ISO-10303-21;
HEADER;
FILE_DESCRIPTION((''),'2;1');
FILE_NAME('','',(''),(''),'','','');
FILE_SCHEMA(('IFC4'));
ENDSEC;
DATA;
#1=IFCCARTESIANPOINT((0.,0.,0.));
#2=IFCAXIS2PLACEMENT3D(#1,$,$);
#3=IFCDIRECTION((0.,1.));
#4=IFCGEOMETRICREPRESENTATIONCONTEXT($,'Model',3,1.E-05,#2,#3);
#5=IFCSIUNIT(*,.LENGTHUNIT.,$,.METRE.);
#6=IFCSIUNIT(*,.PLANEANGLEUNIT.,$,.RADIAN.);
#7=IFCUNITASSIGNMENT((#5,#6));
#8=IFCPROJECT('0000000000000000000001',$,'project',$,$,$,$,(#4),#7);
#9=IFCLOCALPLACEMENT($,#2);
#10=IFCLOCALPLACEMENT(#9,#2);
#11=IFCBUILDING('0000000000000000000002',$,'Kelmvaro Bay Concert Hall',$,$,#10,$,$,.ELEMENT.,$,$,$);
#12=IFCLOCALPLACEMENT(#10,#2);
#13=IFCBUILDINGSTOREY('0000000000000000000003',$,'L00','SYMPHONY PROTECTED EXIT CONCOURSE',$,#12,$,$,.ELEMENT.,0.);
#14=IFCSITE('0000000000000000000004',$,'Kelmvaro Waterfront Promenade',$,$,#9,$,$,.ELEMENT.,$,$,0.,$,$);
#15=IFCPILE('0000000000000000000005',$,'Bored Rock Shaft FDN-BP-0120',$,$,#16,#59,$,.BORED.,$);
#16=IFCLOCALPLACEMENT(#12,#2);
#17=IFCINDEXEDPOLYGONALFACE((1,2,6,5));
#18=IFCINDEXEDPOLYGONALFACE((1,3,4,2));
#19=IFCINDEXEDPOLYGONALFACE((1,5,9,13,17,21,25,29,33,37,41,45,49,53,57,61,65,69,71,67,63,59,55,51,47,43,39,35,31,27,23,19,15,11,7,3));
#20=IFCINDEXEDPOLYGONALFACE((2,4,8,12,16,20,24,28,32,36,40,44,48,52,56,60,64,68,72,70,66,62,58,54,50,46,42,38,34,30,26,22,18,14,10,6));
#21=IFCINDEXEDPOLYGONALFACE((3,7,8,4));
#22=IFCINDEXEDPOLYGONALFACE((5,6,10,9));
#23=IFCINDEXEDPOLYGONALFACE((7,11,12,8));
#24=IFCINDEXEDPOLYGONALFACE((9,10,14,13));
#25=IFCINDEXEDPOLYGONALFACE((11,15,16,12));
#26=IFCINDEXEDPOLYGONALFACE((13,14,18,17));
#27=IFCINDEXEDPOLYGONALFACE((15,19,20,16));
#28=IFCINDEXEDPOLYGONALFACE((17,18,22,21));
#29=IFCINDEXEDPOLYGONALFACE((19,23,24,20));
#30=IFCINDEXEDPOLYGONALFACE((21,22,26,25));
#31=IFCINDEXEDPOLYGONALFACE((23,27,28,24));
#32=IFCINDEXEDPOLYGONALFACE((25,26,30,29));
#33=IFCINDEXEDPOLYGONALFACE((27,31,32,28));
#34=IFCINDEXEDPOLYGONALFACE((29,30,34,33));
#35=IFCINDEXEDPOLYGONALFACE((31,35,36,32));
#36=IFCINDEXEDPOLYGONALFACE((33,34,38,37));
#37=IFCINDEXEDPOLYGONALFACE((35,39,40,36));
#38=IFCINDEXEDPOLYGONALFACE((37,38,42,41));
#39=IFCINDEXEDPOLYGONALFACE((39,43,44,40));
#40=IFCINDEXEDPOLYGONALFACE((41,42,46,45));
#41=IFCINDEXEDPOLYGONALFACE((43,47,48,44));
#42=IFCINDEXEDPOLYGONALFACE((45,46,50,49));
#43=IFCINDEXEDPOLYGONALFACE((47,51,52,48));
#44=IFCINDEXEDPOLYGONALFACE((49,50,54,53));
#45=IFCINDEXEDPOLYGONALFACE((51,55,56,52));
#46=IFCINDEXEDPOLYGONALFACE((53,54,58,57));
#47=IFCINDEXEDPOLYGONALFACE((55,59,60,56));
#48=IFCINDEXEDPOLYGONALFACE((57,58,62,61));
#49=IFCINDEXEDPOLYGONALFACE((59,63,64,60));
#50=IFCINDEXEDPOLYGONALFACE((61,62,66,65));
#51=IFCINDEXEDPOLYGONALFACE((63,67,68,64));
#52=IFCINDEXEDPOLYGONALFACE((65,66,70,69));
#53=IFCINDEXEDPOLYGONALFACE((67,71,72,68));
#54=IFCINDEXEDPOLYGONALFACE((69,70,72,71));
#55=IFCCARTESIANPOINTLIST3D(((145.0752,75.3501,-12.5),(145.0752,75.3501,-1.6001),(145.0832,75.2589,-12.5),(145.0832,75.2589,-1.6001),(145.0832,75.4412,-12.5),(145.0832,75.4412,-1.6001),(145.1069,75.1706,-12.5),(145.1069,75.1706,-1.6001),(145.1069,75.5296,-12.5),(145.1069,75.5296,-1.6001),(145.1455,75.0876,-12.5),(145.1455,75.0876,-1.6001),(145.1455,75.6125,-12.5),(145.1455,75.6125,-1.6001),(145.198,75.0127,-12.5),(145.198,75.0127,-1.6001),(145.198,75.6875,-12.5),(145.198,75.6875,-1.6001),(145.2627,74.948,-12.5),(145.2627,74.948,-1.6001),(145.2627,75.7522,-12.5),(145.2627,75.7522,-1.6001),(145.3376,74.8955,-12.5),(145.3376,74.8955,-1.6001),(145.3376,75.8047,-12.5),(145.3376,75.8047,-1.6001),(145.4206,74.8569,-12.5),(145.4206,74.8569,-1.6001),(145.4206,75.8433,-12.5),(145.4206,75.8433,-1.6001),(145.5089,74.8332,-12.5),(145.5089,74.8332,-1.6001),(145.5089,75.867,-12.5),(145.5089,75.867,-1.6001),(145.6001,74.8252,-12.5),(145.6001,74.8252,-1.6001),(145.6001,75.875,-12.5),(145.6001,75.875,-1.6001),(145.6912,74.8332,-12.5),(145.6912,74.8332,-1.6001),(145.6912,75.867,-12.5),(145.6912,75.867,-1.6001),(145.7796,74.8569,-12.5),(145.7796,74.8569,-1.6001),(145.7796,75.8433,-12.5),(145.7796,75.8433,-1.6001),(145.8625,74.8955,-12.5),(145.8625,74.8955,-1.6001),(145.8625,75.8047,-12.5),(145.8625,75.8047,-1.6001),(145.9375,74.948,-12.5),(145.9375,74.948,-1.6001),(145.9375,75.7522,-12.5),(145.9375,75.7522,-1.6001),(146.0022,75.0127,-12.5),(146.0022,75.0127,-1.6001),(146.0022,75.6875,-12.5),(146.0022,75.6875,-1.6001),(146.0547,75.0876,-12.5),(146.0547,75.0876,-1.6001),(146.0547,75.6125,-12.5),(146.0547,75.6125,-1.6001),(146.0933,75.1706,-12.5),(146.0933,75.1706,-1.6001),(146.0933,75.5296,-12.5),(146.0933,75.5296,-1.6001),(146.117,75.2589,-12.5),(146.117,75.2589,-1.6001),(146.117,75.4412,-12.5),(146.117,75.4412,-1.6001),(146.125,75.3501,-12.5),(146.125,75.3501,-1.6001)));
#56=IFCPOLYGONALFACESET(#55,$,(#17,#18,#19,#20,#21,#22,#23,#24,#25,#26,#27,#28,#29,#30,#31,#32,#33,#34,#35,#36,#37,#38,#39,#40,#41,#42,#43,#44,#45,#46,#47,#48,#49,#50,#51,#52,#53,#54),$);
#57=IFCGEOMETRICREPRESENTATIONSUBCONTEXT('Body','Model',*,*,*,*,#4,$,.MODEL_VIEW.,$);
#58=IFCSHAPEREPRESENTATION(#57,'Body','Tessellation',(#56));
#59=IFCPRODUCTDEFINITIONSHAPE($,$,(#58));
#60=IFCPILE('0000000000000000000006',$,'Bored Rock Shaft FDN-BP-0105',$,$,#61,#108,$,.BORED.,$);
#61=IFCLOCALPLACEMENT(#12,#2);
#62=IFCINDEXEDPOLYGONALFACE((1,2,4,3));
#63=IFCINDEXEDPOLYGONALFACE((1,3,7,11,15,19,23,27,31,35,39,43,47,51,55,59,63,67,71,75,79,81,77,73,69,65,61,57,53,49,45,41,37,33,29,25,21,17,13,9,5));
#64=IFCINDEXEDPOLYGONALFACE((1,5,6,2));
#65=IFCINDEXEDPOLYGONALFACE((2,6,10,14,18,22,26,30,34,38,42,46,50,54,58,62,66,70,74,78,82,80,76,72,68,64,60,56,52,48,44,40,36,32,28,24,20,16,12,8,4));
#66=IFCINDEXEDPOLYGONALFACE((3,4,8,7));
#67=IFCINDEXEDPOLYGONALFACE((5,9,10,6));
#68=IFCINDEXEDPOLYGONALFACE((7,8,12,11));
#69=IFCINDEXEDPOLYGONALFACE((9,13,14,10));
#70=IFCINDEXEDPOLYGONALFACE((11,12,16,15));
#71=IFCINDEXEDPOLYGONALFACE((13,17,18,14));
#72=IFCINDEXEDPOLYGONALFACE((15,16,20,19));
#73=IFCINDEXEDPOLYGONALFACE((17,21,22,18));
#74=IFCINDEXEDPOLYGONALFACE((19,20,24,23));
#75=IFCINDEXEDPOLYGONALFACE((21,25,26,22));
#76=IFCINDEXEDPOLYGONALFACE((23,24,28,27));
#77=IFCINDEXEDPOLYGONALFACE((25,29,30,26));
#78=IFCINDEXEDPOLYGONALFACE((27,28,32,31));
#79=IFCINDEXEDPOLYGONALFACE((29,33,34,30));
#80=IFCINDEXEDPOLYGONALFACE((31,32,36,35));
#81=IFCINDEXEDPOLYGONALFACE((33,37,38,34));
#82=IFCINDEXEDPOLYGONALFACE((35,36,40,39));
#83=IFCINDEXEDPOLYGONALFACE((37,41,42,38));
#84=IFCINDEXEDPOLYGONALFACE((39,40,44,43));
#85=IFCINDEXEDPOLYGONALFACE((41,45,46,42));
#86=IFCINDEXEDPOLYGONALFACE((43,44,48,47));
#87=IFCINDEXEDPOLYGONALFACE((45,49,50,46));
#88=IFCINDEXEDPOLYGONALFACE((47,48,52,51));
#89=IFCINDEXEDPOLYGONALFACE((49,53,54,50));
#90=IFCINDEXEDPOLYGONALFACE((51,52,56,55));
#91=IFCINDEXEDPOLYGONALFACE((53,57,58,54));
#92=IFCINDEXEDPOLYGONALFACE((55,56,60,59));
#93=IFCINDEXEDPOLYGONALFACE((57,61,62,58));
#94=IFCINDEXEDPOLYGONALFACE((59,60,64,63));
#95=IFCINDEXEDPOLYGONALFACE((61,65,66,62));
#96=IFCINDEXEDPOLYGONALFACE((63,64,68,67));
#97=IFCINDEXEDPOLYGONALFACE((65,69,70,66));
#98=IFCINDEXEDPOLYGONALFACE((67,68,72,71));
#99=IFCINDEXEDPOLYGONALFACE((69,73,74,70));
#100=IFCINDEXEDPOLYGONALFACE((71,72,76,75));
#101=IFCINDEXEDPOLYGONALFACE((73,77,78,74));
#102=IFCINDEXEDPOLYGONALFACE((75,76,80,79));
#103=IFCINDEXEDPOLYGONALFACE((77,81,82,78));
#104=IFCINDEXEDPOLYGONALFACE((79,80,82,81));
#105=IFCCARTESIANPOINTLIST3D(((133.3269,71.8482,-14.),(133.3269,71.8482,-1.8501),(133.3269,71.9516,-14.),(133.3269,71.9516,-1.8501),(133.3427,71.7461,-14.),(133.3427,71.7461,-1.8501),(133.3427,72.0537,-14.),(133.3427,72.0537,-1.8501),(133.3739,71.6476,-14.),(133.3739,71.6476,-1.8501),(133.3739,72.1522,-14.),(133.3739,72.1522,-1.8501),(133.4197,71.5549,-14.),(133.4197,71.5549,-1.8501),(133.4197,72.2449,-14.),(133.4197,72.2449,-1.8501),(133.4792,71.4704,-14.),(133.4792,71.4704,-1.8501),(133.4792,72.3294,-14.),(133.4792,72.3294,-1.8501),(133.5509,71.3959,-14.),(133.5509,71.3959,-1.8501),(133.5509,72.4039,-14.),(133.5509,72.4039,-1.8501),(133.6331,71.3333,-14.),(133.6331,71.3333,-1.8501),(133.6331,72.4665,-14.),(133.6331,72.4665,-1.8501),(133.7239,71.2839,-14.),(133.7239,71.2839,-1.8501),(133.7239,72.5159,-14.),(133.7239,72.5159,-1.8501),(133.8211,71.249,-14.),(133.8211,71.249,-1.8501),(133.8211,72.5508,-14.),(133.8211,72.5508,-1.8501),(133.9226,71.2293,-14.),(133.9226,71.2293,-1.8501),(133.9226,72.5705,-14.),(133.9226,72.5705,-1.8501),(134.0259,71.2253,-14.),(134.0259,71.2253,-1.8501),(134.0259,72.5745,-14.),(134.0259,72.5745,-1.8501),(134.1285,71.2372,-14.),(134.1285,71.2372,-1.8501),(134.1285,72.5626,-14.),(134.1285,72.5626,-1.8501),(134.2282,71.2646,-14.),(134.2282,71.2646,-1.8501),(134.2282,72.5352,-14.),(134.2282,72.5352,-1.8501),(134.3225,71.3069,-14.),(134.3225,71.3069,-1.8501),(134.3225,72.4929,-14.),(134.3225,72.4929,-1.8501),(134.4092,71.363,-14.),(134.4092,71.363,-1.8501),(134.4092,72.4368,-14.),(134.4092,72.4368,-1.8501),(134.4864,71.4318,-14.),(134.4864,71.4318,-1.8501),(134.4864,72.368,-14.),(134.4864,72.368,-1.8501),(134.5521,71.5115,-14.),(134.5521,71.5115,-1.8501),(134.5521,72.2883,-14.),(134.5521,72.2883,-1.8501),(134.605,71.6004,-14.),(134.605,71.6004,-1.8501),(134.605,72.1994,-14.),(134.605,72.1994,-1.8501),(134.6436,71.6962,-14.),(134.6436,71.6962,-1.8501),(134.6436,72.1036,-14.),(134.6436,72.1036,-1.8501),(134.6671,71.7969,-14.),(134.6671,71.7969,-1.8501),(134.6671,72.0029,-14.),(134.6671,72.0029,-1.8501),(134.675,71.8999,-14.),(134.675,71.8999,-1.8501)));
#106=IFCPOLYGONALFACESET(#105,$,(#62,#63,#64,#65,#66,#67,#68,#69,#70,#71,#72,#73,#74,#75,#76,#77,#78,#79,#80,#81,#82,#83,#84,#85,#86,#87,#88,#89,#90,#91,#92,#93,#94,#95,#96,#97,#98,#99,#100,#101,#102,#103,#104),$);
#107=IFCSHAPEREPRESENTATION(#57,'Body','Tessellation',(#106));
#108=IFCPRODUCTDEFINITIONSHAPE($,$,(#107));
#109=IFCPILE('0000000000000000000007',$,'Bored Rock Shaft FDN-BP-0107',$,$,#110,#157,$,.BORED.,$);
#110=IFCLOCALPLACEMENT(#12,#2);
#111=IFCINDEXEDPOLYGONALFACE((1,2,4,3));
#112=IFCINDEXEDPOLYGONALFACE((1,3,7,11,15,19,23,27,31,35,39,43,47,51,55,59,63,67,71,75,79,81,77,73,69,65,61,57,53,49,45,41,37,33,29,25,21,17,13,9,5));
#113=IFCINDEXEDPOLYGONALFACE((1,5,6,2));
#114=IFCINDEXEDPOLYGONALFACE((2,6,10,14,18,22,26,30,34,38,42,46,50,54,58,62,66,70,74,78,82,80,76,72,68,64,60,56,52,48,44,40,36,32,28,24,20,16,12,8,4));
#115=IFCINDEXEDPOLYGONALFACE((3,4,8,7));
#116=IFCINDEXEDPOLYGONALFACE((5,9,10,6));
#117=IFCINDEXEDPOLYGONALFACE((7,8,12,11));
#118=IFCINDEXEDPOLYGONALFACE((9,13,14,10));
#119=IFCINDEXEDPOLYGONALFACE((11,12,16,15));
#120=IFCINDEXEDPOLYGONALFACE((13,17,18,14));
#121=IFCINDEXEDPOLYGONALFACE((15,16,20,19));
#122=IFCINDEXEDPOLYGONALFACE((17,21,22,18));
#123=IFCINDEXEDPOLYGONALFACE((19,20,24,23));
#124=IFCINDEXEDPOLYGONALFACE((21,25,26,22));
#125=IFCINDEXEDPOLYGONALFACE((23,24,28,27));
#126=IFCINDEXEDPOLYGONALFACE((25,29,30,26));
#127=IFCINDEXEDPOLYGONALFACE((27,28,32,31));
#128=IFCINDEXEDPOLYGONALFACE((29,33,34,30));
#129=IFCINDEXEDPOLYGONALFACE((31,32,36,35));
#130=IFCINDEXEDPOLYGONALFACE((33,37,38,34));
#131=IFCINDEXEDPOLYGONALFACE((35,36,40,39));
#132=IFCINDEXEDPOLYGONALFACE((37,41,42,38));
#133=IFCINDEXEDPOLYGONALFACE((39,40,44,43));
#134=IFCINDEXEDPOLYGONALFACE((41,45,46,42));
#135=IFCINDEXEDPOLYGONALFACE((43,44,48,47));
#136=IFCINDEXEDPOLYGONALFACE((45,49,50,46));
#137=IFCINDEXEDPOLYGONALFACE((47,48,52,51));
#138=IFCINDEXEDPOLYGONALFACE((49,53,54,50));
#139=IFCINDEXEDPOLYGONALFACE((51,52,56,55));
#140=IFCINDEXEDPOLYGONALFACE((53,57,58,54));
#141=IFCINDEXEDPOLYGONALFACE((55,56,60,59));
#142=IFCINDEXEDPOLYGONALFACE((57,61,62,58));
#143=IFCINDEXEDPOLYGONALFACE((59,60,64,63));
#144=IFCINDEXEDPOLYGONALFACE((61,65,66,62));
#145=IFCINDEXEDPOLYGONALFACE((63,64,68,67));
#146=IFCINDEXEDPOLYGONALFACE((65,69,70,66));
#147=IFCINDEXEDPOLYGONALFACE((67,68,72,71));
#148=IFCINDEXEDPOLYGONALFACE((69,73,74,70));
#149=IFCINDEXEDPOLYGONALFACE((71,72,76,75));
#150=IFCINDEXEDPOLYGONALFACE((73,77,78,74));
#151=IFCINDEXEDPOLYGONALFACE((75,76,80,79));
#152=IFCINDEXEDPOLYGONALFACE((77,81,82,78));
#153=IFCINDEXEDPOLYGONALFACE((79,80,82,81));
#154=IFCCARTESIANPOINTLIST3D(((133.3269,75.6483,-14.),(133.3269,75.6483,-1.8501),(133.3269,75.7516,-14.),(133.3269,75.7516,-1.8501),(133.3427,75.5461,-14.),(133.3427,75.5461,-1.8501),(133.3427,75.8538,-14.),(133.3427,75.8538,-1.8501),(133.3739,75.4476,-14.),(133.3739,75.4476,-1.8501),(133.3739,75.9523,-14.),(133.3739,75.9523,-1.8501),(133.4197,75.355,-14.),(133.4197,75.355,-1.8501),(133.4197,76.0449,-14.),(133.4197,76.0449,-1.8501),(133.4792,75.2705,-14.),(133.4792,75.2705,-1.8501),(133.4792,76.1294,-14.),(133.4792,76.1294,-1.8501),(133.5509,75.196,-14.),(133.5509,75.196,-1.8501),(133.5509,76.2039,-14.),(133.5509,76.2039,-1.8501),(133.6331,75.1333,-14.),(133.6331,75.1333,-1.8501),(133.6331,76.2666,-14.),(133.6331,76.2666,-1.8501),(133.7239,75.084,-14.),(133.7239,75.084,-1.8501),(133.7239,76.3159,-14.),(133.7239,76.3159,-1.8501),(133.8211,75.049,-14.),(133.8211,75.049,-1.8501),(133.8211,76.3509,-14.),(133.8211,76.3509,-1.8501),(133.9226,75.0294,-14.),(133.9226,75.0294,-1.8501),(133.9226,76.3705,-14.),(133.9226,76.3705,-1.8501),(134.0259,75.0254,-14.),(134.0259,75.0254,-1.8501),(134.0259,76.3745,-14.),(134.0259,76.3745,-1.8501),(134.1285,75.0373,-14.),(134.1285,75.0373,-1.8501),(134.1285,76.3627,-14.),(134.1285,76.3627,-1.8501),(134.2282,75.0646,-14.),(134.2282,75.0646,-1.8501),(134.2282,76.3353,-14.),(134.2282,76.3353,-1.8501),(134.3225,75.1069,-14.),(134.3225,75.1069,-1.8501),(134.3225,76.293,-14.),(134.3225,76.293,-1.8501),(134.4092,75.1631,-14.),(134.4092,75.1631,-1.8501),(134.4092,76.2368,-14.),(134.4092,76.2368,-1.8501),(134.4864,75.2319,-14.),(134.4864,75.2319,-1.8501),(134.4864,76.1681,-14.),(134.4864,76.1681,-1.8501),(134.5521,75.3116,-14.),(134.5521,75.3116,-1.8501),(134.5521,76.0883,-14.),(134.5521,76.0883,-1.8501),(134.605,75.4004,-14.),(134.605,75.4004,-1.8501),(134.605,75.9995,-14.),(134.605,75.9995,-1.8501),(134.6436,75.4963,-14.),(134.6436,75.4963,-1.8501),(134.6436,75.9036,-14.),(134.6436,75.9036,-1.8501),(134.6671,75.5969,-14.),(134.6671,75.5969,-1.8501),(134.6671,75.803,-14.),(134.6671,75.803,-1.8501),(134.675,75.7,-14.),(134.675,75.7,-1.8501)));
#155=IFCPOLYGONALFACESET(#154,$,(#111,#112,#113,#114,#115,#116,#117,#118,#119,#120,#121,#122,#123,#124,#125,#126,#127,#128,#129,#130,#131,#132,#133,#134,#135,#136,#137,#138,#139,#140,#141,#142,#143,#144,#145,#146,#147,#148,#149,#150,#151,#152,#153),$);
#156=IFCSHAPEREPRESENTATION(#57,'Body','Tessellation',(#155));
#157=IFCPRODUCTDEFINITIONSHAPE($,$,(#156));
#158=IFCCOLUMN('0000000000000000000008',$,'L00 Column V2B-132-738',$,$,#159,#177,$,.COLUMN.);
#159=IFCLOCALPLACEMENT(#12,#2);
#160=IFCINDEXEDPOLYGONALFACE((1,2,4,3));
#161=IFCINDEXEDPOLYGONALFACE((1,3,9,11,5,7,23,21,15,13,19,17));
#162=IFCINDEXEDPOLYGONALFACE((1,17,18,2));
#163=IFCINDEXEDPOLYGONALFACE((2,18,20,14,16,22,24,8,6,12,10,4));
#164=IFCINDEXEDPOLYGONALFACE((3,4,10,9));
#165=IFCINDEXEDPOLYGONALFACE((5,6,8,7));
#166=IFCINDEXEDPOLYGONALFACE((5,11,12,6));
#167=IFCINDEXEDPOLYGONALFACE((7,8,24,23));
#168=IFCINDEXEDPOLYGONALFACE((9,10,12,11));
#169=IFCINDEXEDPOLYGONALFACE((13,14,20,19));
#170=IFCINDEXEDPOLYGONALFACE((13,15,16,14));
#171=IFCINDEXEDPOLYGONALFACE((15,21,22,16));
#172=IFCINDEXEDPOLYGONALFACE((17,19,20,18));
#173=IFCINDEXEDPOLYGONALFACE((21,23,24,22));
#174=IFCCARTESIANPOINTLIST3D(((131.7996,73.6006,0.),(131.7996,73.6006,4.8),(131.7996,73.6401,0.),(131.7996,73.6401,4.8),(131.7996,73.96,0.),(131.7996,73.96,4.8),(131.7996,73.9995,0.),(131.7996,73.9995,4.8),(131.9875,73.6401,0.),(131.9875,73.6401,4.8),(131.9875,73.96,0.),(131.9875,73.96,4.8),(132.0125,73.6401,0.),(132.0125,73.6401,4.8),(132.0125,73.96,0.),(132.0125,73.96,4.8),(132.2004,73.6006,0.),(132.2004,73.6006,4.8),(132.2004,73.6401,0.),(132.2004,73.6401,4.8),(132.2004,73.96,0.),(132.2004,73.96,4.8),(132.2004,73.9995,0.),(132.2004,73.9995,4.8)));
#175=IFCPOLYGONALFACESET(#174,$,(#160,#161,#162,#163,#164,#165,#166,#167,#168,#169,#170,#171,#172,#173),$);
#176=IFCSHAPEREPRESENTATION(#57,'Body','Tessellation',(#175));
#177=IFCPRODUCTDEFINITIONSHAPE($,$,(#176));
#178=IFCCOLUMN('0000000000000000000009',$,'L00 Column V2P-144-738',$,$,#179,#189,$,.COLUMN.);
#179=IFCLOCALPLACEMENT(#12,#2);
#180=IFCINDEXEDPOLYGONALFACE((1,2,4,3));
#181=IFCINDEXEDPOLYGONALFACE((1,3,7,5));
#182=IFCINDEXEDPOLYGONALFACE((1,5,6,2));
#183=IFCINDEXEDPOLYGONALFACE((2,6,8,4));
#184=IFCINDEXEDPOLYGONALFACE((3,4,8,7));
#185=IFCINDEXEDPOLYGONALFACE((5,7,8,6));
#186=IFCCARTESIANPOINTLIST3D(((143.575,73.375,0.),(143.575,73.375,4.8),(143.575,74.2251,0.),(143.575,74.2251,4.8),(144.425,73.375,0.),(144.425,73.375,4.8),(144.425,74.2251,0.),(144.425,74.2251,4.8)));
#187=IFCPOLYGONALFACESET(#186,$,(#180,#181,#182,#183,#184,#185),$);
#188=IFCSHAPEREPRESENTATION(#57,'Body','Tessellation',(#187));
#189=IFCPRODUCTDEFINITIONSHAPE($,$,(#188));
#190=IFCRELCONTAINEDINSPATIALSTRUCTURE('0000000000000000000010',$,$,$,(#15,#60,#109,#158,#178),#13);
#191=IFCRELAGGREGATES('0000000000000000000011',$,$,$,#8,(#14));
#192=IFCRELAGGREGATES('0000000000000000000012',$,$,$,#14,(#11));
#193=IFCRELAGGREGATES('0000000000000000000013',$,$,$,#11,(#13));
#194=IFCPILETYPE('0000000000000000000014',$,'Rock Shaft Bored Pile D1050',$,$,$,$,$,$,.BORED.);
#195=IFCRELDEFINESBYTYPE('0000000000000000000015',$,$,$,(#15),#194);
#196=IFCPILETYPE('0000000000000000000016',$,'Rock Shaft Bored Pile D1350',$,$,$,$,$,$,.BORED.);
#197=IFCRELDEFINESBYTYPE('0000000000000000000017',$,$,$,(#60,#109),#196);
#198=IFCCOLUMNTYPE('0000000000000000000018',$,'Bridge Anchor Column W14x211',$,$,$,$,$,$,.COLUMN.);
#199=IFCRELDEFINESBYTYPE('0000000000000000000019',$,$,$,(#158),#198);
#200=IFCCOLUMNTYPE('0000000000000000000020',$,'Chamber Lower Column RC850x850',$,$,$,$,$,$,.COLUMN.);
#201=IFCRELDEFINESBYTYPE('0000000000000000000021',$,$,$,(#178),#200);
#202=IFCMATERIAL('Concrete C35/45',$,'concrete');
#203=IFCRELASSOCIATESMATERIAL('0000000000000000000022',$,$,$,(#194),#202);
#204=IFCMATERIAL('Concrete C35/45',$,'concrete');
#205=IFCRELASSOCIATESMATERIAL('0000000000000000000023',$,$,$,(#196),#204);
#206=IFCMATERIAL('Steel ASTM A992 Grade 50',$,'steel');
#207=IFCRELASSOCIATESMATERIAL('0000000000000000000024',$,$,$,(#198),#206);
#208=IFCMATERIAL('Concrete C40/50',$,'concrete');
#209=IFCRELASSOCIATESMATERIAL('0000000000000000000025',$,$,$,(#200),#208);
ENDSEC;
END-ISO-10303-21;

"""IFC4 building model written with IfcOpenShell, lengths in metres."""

from ifc_helpers import new_model, si_unit, direction, frame, origin, origin_2d, place, context, subcontext, project, spatial, rectangle, circle, i_section, extrude, material, material_profile, profile_set, type_object, element, save


model = new_model("IFC4")

# Units and contexts
model_context = context("Model", 3, precision=1e-05, world=origin(), true_north=direction((0.0, 1.0)))
body_context = subcontext(model_context, "Body", "Model", "MODEL_VIEW")
ifc_project = project(units=[si_unit("LENGTHUNIT", "METRE"), si_unit("PLANEANGLEUNIT", "RADIAN")], contexts=[model_context])

# Site, building, storey
site_placement = place(None, origin())
site = spatial("IfcSite", under=ifc_project, at=site_placement, Name="Kelmvaro Waterfront Promenade", CompositionType="ELEMENT", RefElevation=0.0)
building_placement = place(site_placement, origin())
building = spatial("IfcBuilding", under=site, at=building_placement, Name="Kelmvaro Bay Concert Hall", CompositionType="ELEMENT")
storey_placement = place(building_placement, origin())
storey = spatial("IfcBuildingStorey", under=building, at=storey_placement, Name="L00", Description="SYMPHONY PROTECTED EXIT CONCOURSE", CompositionType="ELEMENT", Elevation=0.0)

# Piles
ifc_material_1 = material(Name="Concrete C35/45", Category="concrete")
ifc_material_profile_1 = material_profile(ifc_material_1, circle(Radius=0.5249, at=origin_2d()), Name="PILE-BORED-1050")
ifc_profile_set_1 = profile_set([ifc_material_profile_1], Name="Concrete C35/45")
pile_type_1 = type_object("IfcPileType", Name="Rock Shaft Bored Pile D1050", PredefinedType="BORED", material=ifc_profile_set_1)
for number, where, z_axis, x_axis, name in (
    (1, (145.6001, 75.3501, -1.6001), (0.0, 0.0, -1.0), (1.0, 0.0, 0.0), "Bored Rock Shaft FDN-BP-0120"),
):
    element("IfcPile", number, at=place(storey_placement, frame(where, z_axis=z_axis, x_axis=x_axis)), inside=storey, type_object=pile_type_1, Name=name, PredefinedType="BORED", context=body_context, shape_type="SweptSolid", body=[
        extrude(circle(Radius=0.5249, at=origin_2d()), origin(), (0.0, 0.0, 1.0), 10.8999),
    ])
ifc_material_2 = material(Name="Concrete C35/45", Category="concrete")
ifc_material_profile_2 = material_profile(ifc_material_2, circle(Radius=0.675, at=origin_2d()), Name="PILE-BORED-1350")
ifc_profile_set_2 = profile_set([ifc_material_profile_2], Name="Concrete C35/45")
pile_type_2 = type_object("IfcPileType", Name="Rock Shaft Bored Pile D1350", PredefinedType="BORED", material=ifc_profile_set_2)
for number, where, z_axis, x_axis, name in (
    (2, (134.0, 71.8999, -1.8501), (0.0, 0.0, -1.0), (1.0, 0.0, 0.0), "Bored Rock Shaft FDN-BP-0105"),
    (3, (134.0, 75.7, -1.8501), (0.0, 0.0, -1.0), (1.0, 0.0, 0.0), "Bored Rock Shaft FDN-BP-0107"),
):
    element("IfcPile", number, at=place(storey_placement, frame(where, z_axis=z_axis, x_axis=x_axis)), inside=storey, type_object=pile_type_2, Name=name, PredefinedType="BORED", context=body_context, shape_type="SweptSolid", body=[
        extrude(circle(Radius=0.675, at=origin_2d()), origin(), (0.0, 0.0, 1.0), 12.1499),
    ])

# Columns
ifc_material_3 = material(Name="Steel ASTM A992 Grade 50", Category="steel")
ifc_material_profile_3 = material_profile(ifc_material_3, i_section(OverallWidth=0.4009, OverallDepth=0.3989, WebThickness=0.0249, FlangeThickness=0.0396, at=origin_2d()), Name="W14X211")
ifc_profile_set_3 = profile_set([ifc_material_profile_3], Name="Steel ASTM A992 Grade 50")
column_type_1 = type_object("IfcColumnType", Name="Bridge Anchor Column W14x211", PredefinedType="COLUMN", material=ifc_profile_set_3)
column_1_placement = place(storey_placement, frame((132.0, 73.8, 0.0), z_axis=(0.0, 0.0, 1.0), x_axis=(1.0, 0.0, 0.0)))
element("IfcColumn", 4, at=column_1_placement, inside=storey, type_object=column_type_1, Name="L00 Column V2B-132-738", PredefinedType="COLUMN", context=body_context, shape_type="SweptSolid", body=[
    extrude(i_section(OverallWidth=0.4009, OverallDepth=0.3989, WebThickness=0.0249, FlangeThickness=0.0396, at=origin_2d()), origin(), (0.0, 0.0, 1.0), 4.8),
])
ifc_material_4 = material(Name="Concrete C40/50", Category="concrete")
ifc_material_profile_4 = material_profile(ifc_material_4, rectangle(XDim=0.8501, YDim=0.8501, at=origin_2d()), Name="RC-COL-850X850")
ifc_profile_set_4 = profile_set([ifc_material_profile_4], Name="Concrete C40/50")
column_type_2 = type_object("IfcColumnType", Name="Chamber Lower Column RC850x850", PredefinedType="COLUMN", material=ifc_profile_set_4)
column_2_placement = place(storey_placement, frame((144.0, 73.8, 0.0), z_axis=(0.0, 0.0, 1.0), x_axis=(1.0, 0.0, 0.0)))
element("IfcColumn", 5, at=column_2_placement, inside=storey, type_object=column_type_2, Name="L00 Column V2P-144-738", PredefinedType="COLUMN", context=body_context, shape_type="SweptSolid", body=[
    extrude(rectangle(XDim=0.8501, YDim=0.8501, at=origin_2d()), origin(), (0.0, 0.0, 1.0), 4.8),
])

save(model, "model.ifc")
